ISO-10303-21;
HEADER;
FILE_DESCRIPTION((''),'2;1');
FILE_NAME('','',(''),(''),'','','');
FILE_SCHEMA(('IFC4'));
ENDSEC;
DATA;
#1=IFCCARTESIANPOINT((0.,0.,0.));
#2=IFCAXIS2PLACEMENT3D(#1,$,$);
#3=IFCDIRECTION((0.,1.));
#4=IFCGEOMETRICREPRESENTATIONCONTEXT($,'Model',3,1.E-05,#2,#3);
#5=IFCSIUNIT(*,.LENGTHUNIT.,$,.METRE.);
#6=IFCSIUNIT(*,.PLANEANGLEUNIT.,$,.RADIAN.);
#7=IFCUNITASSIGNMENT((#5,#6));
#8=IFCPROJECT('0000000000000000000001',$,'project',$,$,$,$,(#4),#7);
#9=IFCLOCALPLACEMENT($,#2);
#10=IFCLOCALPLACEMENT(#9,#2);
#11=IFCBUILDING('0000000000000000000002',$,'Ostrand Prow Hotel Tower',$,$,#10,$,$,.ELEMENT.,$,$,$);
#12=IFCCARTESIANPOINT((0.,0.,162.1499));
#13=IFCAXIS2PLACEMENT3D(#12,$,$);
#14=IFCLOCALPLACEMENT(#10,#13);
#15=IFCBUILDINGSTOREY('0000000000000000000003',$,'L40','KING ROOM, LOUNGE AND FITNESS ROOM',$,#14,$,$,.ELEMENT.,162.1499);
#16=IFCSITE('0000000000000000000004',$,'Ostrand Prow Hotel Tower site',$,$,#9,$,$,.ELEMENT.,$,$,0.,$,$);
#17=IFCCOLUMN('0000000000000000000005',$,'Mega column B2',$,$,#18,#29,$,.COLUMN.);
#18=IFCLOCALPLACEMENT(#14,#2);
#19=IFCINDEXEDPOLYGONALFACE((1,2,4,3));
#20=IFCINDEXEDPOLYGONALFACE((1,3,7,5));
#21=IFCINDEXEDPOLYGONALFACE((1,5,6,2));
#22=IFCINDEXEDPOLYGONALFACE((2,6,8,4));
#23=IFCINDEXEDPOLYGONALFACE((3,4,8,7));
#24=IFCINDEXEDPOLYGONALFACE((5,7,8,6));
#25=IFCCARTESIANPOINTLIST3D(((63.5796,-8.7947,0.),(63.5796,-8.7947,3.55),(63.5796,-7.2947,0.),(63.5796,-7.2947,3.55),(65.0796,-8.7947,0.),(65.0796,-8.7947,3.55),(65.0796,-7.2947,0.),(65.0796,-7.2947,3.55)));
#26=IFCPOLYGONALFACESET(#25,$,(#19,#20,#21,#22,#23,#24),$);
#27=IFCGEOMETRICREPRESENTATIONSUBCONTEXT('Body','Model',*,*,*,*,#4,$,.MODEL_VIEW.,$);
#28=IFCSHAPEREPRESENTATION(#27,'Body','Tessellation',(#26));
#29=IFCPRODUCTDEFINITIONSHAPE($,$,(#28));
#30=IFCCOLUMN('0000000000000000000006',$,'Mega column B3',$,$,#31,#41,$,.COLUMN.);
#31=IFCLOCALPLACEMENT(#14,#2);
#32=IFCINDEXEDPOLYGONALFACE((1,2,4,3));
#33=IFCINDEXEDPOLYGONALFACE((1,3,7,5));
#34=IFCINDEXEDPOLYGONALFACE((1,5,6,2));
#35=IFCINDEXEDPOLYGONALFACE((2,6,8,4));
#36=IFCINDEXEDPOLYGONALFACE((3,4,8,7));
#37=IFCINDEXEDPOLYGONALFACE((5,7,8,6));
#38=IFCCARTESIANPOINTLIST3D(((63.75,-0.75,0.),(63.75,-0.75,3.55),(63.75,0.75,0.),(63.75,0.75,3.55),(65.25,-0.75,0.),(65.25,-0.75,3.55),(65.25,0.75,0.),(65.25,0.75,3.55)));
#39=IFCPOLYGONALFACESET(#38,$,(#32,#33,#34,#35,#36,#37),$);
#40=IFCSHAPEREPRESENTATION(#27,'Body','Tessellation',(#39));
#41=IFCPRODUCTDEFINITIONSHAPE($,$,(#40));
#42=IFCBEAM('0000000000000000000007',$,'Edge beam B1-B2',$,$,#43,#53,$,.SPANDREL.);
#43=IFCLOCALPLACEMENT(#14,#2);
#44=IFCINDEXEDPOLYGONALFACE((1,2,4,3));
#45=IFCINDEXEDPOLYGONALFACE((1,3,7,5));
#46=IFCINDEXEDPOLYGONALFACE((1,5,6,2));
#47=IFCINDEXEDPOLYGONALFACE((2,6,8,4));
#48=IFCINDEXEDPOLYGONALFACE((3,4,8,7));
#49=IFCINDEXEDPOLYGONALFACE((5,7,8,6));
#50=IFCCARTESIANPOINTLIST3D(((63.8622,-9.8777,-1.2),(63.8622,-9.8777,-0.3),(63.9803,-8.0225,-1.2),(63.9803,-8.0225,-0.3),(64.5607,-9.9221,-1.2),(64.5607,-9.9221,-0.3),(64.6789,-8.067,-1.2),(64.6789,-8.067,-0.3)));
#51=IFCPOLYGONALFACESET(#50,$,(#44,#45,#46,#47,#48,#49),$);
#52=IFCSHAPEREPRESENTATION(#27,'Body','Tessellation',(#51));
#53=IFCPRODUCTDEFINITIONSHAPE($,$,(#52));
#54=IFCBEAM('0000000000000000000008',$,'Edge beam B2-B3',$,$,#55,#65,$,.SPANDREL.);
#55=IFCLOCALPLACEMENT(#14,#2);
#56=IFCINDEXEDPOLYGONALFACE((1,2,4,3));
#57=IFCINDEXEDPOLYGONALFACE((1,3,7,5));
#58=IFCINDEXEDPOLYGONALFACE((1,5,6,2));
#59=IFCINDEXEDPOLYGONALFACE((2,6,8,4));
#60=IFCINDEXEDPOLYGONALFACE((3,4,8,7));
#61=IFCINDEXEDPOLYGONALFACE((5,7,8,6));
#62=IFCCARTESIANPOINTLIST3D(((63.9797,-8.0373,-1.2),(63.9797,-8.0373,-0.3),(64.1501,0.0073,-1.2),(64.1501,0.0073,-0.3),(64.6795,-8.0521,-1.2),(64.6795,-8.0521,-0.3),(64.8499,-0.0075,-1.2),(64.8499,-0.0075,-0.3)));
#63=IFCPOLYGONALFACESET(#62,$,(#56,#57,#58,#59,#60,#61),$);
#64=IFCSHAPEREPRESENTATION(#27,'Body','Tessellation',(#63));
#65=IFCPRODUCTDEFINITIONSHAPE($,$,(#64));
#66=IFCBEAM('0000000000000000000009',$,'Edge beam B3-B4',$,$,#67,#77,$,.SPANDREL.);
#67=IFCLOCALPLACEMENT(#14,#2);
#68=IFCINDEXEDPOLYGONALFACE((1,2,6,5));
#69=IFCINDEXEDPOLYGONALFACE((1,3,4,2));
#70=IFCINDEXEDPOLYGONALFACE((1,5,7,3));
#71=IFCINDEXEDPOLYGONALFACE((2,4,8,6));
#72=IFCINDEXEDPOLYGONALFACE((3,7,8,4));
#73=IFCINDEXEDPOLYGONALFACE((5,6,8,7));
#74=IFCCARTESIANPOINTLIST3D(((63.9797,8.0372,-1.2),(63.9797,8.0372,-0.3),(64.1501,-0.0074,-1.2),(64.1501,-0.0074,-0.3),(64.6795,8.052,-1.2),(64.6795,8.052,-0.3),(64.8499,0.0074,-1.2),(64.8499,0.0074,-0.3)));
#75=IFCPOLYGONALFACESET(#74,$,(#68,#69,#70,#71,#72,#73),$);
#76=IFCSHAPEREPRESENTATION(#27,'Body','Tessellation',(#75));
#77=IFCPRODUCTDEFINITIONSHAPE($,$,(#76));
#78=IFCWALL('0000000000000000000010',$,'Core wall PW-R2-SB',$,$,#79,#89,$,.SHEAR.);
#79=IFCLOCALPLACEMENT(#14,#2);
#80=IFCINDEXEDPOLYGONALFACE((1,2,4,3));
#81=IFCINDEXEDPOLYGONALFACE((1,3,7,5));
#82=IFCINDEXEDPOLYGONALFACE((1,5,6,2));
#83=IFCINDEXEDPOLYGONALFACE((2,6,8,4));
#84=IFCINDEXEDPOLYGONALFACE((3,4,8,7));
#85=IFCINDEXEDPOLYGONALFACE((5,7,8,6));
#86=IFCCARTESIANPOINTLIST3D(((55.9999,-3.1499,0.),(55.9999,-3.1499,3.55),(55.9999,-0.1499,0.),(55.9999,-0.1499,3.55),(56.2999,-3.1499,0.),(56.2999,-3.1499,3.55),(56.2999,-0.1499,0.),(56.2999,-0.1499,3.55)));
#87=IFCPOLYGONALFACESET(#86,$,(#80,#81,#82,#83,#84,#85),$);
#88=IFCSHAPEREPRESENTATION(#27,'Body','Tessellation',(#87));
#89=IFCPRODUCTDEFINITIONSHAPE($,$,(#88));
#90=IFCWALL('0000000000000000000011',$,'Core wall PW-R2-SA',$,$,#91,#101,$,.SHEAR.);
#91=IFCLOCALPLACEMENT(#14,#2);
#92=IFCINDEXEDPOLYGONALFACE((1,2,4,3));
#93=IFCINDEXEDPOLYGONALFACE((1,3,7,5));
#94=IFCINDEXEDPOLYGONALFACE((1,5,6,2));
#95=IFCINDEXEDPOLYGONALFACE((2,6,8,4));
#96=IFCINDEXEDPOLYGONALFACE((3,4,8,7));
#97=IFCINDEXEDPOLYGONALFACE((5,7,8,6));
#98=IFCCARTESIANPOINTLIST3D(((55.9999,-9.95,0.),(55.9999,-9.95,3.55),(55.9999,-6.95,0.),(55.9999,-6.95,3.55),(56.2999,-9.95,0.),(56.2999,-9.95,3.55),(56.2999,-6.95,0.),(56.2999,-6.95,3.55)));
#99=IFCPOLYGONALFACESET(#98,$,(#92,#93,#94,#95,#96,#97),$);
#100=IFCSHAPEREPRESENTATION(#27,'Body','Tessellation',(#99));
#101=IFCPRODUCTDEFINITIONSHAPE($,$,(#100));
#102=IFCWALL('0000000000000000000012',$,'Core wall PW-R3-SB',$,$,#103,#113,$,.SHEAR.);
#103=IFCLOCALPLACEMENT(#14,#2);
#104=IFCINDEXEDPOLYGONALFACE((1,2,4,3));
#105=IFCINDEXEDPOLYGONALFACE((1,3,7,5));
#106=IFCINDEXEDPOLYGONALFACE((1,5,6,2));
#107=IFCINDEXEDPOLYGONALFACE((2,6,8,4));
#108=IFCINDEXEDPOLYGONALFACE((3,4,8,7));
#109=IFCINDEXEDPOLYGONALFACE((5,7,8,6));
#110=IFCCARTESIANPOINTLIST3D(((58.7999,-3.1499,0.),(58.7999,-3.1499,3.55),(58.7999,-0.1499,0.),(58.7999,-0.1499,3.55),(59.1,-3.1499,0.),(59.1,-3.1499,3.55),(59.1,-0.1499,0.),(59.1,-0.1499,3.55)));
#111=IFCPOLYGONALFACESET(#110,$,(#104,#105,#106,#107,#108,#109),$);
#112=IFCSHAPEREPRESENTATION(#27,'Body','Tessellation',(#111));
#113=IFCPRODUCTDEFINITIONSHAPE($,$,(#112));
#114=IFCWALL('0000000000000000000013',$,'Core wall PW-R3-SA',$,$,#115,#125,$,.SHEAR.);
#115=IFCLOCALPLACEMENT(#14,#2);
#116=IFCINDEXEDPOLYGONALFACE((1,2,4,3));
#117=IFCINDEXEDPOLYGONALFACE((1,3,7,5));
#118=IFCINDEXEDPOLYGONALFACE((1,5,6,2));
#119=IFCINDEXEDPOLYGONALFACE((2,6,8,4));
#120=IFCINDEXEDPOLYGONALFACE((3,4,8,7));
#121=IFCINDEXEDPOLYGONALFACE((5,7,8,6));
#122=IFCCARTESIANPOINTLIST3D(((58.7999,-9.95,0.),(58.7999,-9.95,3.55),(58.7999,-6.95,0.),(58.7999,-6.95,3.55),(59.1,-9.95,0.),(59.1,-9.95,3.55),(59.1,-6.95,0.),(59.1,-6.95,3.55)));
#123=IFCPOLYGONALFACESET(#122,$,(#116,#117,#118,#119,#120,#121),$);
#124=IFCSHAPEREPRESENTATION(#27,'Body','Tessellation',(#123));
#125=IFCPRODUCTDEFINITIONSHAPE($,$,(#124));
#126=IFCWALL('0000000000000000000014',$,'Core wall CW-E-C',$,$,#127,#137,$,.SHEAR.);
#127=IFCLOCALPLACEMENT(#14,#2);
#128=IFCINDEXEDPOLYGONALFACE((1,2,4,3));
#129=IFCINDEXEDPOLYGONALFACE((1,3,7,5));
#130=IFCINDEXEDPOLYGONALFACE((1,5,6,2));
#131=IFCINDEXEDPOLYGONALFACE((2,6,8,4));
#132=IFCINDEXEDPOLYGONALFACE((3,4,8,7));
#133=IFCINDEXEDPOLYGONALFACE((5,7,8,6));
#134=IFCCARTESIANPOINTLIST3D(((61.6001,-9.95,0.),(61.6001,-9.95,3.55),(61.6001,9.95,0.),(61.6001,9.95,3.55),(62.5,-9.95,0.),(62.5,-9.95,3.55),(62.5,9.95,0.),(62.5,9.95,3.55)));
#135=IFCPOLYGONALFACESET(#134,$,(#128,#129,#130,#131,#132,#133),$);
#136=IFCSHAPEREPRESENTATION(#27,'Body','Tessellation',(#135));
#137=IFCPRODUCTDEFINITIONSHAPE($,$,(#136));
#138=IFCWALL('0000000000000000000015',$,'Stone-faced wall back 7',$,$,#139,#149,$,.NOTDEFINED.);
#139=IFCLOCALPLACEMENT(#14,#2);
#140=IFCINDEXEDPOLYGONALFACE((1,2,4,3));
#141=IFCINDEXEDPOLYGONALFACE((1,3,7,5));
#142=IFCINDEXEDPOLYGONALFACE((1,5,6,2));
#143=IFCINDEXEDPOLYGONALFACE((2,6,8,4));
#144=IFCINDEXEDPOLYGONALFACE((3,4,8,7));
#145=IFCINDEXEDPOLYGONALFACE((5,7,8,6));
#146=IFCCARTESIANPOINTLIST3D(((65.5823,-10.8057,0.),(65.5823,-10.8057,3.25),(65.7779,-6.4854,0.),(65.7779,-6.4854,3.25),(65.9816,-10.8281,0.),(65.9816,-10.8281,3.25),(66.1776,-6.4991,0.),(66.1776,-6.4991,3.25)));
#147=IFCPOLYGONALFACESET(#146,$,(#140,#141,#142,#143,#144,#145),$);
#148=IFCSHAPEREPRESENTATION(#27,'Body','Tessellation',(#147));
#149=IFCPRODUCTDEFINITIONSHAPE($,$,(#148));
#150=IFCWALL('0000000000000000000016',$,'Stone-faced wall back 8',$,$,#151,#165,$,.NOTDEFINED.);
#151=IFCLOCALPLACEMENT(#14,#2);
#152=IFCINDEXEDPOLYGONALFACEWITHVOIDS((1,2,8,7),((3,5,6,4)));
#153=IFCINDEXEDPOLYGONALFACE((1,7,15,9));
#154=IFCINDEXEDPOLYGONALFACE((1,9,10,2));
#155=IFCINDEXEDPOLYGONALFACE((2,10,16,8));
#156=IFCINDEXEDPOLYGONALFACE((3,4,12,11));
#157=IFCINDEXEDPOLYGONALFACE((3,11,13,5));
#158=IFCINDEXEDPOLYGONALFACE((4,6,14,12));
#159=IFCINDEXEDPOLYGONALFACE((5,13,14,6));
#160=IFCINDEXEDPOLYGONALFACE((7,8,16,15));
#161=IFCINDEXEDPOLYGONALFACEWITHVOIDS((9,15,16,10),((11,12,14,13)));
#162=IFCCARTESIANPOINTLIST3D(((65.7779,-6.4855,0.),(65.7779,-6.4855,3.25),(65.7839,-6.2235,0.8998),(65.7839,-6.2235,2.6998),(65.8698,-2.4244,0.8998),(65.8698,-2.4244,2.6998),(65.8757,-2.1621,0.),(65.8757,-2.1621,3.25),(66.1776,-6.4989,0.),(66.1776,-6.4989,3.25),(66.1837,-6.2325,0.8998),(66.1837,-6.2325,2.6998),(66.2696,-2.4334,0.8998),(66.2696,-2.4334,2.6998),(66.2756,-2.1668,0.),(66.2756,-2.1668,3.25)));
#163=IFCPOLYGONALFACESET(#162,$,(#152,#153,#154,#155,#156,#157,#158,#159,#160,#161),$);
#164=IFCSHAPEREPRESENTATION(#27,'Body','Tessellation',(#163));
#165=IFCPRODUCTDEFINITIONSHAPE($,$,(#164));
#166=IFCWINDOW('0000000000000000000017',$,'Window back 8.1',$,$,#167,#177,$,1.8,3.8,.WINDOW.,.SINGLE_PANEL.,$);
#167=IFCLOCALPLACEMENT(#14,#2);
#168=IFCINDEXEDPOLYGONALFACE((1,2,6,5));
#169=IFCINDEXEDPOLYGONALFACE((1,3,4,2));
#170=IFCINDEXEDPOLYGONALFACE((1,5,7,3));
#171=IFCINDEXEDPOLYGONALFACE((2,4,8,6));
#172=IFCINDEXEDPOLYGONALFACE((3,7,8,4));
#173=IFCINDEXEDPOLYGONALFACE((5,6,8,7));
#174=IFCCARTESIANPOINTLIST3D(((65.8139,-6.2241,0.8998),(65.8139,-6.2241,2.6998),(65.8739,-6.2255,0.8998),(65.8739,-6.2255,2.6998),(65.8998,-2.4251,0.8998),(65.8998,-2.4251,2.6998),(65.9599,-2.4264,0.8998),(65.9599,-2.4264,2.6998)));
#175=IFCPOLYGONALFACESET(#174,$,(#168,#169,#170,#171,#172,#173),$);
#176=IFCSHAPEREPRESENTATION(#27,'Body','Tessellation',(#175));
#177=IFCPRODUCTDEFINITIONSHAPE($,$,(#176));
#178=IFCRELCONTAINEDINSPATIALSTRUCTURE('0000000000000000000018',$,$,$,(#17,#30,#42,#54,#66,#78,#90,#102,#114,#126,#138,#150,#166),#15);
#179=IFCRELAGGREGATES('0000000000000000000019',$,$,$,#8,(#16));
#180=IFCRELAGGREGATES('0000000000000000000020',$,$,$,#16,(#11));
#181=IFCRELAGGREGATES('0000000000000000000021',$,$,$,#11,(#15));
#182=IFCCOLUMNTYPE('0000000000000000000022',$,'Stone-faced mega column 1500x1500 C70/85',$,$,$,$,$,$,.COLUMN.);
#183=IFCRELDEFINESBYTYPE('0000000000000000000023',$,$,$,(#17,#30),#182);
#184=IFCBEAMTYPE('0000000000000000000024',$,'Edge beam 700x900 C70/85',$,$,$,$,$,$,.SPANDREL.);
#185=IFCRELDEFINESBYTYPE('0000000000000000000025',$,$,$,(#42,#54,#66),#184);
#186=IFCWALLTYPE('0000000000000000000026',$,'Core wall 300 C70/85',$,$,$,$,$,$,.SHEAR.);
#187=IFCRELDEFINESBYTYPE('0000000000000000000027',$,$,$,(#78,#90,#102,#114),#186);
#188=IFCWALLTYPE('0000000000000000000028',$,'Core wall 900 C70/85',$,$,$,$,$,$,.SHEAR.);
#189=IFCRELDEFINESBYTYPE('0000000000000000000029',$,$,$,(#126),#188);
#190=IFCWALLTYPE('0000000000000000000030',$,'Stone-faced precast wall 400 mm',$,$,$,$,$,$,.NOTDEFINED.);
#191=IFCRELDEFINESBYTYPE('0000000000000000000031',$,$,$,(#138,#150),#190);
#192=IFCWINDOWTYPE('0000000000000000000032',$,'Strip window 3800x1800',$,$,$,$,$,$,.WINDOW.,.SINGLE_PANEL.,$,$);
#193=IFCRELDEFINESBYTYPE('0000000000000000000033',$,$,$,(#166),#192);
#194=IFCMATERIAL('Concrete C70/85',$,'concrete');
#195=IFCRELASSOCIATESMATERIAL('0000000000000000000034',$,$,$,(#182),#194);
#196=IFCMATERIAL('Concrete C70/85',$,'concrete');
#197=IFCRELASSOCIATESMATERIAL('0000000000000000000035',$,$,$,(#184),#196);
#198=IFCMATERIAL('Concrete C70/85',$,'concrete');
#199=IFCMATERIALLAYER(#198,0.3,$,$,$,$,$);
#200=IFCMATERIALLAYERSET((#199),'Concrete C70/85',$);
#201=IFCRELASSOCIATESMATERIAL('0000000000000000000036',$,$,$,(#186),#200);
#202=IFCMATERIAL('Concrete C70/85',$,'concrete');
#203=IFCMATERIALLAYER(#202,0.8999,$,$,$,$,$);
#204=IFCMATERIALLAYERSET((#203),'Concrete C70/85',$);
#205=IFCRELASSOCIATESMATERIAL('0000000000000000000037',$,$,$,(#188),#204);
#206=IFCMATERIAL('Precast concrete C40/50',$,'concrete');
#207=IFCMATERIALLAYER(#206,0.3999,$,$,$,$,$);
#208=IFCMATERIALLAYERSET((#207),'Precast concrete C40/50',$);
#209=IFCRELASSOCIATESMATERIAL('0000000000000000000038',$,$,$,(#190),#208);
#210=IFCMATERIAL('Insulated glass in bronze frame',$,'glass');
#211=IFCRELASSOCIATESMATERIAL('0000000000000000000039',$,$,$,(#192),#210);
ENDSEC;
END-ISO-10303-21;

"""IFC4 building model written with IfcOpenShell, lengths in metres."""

from ifc_helpers import new_model, si_unit, direction, frame, frame_2d, origin, origin_2d, place, context, subcontext, project, spatial, polyline, rectangle, outline, extrude, material, layer, layer_set, material_profile, profile_set, type_object, element, fill, save


model = new_model("IFC4")

# Units and contexts
model_context = context("Model", 3, precision=1e-05, world=origin(), true_north=direction((0.0, 1.0)))
body_context = subcontext(model_context, "Body", "Model", "MODEL_VIEW")
ifc_project = project(units=[si_unit("LENGTHUNIT", "METRE"), si_unit("PLANEANGLEUNIT", "RADIAN")], contexts=[model_context])

# Site, building, storey
site_placement = place(None, origin())
site = spatial("IfcSite", under=ifc_project, at=site_placement, Name="Ostrand Prow Hotel Tower site", CompositionType="ELEMENT", RefElevation=0.0)
building_placement = place(site_placement, origin())
building = spatial("IfcBuilding", under=site, at=building_placement, Name="Ostrand Prow Hotel Tower", CompositionType="ELEMENT")
storey_placement = place(building_placement, frame((0.0, 0.0, 162.1499)))
storey = spatial("IfcBuildingStorey", under=building, at=storey_placement, Name="L40", Description="KING ROOM, LOUNGE AND FITNESS ROOM", CompositionType="ELEMENT", Elevation=162.1499)

# Columns
ifc_material_1 = material(Name="Concrete C70/85", Category="concrete")
ifc_material_profile_1 = material_profile(ifc_material_1, rectangle(XDim=1.5, YDim=1.5, at=origin_2d()), Name="RC 1500x1500")
ifc_profile_set_1 = profile_set([ifc_material_profile_1], Name="Concrete C70/85")
column_type = type_object("IfcColumnType", Name="Stone-faced mega column 1500x1500 C70/85", PredefinedType="COLUMN", material=ifc_profile_set_1)
for number, where, z_axis, x_axis, name in (
    (1, (64.3296, -8.0447, 0.0), (0.0, 0.0, 1.0), (1.0, 0.0, 0.0), "Mega column B2"),
    (2, (64.5, 0.0, 0.0), (0.0, 0.0, 1.0), (1.0, 0.0, 0.0), "Mega column B3"),
):
    element("IfcColumn", number, at=place(storey_placement, frame(where, z_axis=z_axis, x_axis=x_axis)), inside=storey, type_object=column_type, Name=name, PredefinedType="COLUMN", context=body_context, shape_type="SweptSolid", body=[
        extrude(rectangle(XDim=1.5, YDim=1.5, at=origin_2d()), origin(), (0.0, 0.0, 1.0), 3.55),
    ])

# Beams
ifc_material_2 = material(Name="Concrete C70/85", Category="concrete")
ifc_material_profile_2 = material_profile(ifc_material_2, rectangle(XDim=0.7, YDim=0.8999, at=origin_2d()), Name="RC 700x900")
ifc_profile_set_2 = profile_set([ifc_material_profile_2], Name="Concrete C70/85")
beam_type = type_object("IfcBeamType", Name="Edge beam 700x900 C70/85", PredefinedType="SPANDREL", material=ifc_profile_set_2)
beam_placement = place(storey_placement, frame((64.2114, -9.8999, -0.75), z_axis=(0.063564, 0.997978, 0.0), x_axis=(-0.997978, 0.063564, 0.0)))
element("IfcBeam", 3, at=beam_placement, inside=storey, type_object=beam_type, Name="Edge beam B1-B2", PredefinedType="SPANDREL", context=body_context, shape_type="SweptSolid", body=[
    extrude(rectangle(XDim=0.7, YDim=0.8999, at=origin_2d()), origin(), (0.0, 0.0, 1.0), 1.8589),
])
for number, where, z_axis, x_axis, name in (
    (4, (64.3296, -8.0447, -0.75), (0.021178, 0.999776, 0.0), (-0.999776, 0.021178, 0.0), "Edge beam B2-B3"),
    (5, (64.5, 0.0, -0.75), (-0.021178, 0.999776, 0.0), (-0.999776, -0.021178, 0.0), "Edge beam B3-B4"),
):
    element("IfcBeam", number, at=place(storey_placement, frame(where, z_axis=z_axis, x_axis=x_axis)), inside=storey, type_object=beam_type, Name=name, PredefinedType="SPANDREL", context=body_context, shape_type="SweptSolid", body=[
        extrude(rectangle(XDim=0.7, YDim=0.8999, at=origin_2d()), origin(), (0.0, 0.0, 1.0), 8.0464),
    ])

# Walls
ifc_material_3 = material(Name="Concrete C70/85", Category="concrete")
ifc_layer_1 = layer(ifc_material_3, 0.3)
ifc_layer_set_1 = layer_set([ifc_layer_1], Name="Concrete C70/85")
wall_type_1 = type_object("IfcWallType", Name="Core wall 300 C70/85", PredefinedType="SHEAR", material=ifc_layer_set_1)
for number, where, z_axis, x_axis, name in (
    (6, (56.1499, -3.1499, 0.0), (0.0, 0.0, 1.0), (0.0, 1.0, 0.0), "Core wall PW-R2-SB"),
    (7, (56.1499, -9.95, 0.0), (0.0, 0.0, 1.0), (0.0, 1.0, 0.0), "Core wall PW-R2-SA"),
    (8, (58.95, -3.1499, 0.0), (0.0, 0.0, 1.0), (0.0, 1.0, 0.0), "Core wall PW-R3-SB"),
    (9, (58.95, -9.95, 0.0), (0.0, 0.0, 1.0), (0.0, 1.0, 0.0), "Core wall PW-R3-SA"),
):
    element("IfcWall", number, at=place(storey_placement, frame(where, z_axis=z_axis, x_axis=x_axis)), inside=storey, type_object=wall_type_1, Name=name, PredefinedType="SHEAR", context=body_context, shape_type="SweptSolid", body=[
        extrude(rectangle(XDim=3.0, YDim=0.3, at=frame_2d((1.5, 0.0))), origin(), (0.0, 0.0, 1.0), 3.55),
    ])
ifc_material_4 = material(Name="Concrete C70/85", Category="concrete")
ifc_layer_2 = layer(ifc_material_4, 0.8999)
ifc_layer_set_2 = layer_set([ifc_layer_2], Name="Concrete C70/85")
wall_type_2 = type_object("IfcWallType", Name="Core wall 900 C70/85", PredefinedType="SHEAR", material=ifc_layer_set_2)
wall_1_placement = place(storey_placement, frame((62.05, -9.95, 0.0), z_axis=(0.0, 0.0, 1.0), x_axis=(0.0, 1.0, 0.0)))
element("IfcWall", 10, at=wall_1_placement, inside=storey, type_object=wall_type_2, Name="Core wall CW-E-C", PredefinedType="SHEAR", context=body_context, shape_type="SweptSolid", body=[
    extrude(rectangle(XDim=19.8999, YDim=0.8999, at=frame_2d((9.95, 0.0))), origin(), (0.0, 0.0, 1.0), 3.55),
])
ifc_material_5 = material(Name="Precast concrete C40/50", Category="concrete")
ifc_layer_3 = layer(ifc_material_5, 0.3999)
ifc_layer_set_3 = layer_set([ifc_layer_3], Name="Precast concrete C40/50")
wall_type_3 = type_object("IfcWallType", Name="Stone-faced precast wall 400 mm", PredefinedType="NOTDEFINED", material=ifc_layer_set_3)
wall_2_placement = place(storey_placement, frame((65.782, -10.8169, 0.0), z_axis=(0.0, 0.0, 1.0), x_axis=(0.045229, 0.998977, 0.0)))
element("IfcWall", 11, at=wall_2_placement, inside=storey, type_object=wall_type_3, Name="Stone-faced wall back 7", PredefinedType="NOTDEFINED", context=body_context, shape_type="SweptSolid", body=[
    extrude(outline(polyline([(-0.0022, -0.2), (4.3313, -0.2), (4.3269, 0.2), (0.0022, 0.2), (-0.0022, -0.2)])), origin(), (0.0, 0.0, 1.0), 3.25),
])

# Wall, opening, window
wall_3_placement = place(storey_placement, frame((65.9778, -6.4922, 0.0), z_axis=(0.0, 0.0, 1.0), x_axis=(0.022616, 0.999744, 0.0)))
wall_3 = element("IfcWall", 12, at=wall_3_placement, inside=storey, type_object=wall_type_3, Name="Stone-faced wall back 8", PredefinedType="NOTDEFINED", context=body_context, shape_type="SweptSolid", body=[
    extrude(outline(polyline([(-0.0022, -0.2), (4.3311, -0.2), (4.3267, 0.2), (0.0022, 0.2), (-0.0022, -0.2)])), origin(), (0.0, 0.0, 1.0), 3.25),
])
opening_1_placement = place(wall_3_placement, frame((0.2644, 0.0, 0.8999)))
opening_1 = element("IfcOpeningElement", 13, at=opening_1_placement, cuts=wall_3, PredefinedType="OPENING", context=body_context, shape_type="SweptSolid", body=[
    extrude(rectangle(XDim=3.8, YDim=1.8, at=frame_2d((1.8999, 0.8999))), frame((0.0, 0.21, 0.0), z_axis=(0.0, -1.0, 0.0), x_axis=(1.0, 0.0, 0.0)), (0.0, 0.0, 1.0), 0.4199),
])
ifc_material_6 = material(Name="Insulated glass in bronze frame", Category="glass")
window_type = type_object("IfcWindowType", Name="Strip window 3800x1800", PartitioningType="SINGLE_PANEL", PredefinedType="WINDOW", material=ifc_material_6)
window_1_placement = place(opening_1_placement, origin())
window_1 = element("IfcWindow", 14, at=window_1_placement, inside=storey, type_object=window_type, Name="Window back 8.1", OverallHeight=1.8, OverallWidth=3.8, PartitioningType="SINGLE_PANEL", PredefinedType="WINDOW", context=body_context, shape_type="SweptSolid", body=[
    extrude(rectangle(XDim=3.8, YDim=1.8, at=frame_2d((1.8999, 0.8999))), frame((0.0, 0.1699, 0.0), z_axis=(0.0, -1.0, 0.0), x_axis=(1.0, 0.0, 0.0)), (0.0, 0.0, 1.0), 0.0601),
])
fill(opening_1, window_1)

save(model, "model.ifc")
